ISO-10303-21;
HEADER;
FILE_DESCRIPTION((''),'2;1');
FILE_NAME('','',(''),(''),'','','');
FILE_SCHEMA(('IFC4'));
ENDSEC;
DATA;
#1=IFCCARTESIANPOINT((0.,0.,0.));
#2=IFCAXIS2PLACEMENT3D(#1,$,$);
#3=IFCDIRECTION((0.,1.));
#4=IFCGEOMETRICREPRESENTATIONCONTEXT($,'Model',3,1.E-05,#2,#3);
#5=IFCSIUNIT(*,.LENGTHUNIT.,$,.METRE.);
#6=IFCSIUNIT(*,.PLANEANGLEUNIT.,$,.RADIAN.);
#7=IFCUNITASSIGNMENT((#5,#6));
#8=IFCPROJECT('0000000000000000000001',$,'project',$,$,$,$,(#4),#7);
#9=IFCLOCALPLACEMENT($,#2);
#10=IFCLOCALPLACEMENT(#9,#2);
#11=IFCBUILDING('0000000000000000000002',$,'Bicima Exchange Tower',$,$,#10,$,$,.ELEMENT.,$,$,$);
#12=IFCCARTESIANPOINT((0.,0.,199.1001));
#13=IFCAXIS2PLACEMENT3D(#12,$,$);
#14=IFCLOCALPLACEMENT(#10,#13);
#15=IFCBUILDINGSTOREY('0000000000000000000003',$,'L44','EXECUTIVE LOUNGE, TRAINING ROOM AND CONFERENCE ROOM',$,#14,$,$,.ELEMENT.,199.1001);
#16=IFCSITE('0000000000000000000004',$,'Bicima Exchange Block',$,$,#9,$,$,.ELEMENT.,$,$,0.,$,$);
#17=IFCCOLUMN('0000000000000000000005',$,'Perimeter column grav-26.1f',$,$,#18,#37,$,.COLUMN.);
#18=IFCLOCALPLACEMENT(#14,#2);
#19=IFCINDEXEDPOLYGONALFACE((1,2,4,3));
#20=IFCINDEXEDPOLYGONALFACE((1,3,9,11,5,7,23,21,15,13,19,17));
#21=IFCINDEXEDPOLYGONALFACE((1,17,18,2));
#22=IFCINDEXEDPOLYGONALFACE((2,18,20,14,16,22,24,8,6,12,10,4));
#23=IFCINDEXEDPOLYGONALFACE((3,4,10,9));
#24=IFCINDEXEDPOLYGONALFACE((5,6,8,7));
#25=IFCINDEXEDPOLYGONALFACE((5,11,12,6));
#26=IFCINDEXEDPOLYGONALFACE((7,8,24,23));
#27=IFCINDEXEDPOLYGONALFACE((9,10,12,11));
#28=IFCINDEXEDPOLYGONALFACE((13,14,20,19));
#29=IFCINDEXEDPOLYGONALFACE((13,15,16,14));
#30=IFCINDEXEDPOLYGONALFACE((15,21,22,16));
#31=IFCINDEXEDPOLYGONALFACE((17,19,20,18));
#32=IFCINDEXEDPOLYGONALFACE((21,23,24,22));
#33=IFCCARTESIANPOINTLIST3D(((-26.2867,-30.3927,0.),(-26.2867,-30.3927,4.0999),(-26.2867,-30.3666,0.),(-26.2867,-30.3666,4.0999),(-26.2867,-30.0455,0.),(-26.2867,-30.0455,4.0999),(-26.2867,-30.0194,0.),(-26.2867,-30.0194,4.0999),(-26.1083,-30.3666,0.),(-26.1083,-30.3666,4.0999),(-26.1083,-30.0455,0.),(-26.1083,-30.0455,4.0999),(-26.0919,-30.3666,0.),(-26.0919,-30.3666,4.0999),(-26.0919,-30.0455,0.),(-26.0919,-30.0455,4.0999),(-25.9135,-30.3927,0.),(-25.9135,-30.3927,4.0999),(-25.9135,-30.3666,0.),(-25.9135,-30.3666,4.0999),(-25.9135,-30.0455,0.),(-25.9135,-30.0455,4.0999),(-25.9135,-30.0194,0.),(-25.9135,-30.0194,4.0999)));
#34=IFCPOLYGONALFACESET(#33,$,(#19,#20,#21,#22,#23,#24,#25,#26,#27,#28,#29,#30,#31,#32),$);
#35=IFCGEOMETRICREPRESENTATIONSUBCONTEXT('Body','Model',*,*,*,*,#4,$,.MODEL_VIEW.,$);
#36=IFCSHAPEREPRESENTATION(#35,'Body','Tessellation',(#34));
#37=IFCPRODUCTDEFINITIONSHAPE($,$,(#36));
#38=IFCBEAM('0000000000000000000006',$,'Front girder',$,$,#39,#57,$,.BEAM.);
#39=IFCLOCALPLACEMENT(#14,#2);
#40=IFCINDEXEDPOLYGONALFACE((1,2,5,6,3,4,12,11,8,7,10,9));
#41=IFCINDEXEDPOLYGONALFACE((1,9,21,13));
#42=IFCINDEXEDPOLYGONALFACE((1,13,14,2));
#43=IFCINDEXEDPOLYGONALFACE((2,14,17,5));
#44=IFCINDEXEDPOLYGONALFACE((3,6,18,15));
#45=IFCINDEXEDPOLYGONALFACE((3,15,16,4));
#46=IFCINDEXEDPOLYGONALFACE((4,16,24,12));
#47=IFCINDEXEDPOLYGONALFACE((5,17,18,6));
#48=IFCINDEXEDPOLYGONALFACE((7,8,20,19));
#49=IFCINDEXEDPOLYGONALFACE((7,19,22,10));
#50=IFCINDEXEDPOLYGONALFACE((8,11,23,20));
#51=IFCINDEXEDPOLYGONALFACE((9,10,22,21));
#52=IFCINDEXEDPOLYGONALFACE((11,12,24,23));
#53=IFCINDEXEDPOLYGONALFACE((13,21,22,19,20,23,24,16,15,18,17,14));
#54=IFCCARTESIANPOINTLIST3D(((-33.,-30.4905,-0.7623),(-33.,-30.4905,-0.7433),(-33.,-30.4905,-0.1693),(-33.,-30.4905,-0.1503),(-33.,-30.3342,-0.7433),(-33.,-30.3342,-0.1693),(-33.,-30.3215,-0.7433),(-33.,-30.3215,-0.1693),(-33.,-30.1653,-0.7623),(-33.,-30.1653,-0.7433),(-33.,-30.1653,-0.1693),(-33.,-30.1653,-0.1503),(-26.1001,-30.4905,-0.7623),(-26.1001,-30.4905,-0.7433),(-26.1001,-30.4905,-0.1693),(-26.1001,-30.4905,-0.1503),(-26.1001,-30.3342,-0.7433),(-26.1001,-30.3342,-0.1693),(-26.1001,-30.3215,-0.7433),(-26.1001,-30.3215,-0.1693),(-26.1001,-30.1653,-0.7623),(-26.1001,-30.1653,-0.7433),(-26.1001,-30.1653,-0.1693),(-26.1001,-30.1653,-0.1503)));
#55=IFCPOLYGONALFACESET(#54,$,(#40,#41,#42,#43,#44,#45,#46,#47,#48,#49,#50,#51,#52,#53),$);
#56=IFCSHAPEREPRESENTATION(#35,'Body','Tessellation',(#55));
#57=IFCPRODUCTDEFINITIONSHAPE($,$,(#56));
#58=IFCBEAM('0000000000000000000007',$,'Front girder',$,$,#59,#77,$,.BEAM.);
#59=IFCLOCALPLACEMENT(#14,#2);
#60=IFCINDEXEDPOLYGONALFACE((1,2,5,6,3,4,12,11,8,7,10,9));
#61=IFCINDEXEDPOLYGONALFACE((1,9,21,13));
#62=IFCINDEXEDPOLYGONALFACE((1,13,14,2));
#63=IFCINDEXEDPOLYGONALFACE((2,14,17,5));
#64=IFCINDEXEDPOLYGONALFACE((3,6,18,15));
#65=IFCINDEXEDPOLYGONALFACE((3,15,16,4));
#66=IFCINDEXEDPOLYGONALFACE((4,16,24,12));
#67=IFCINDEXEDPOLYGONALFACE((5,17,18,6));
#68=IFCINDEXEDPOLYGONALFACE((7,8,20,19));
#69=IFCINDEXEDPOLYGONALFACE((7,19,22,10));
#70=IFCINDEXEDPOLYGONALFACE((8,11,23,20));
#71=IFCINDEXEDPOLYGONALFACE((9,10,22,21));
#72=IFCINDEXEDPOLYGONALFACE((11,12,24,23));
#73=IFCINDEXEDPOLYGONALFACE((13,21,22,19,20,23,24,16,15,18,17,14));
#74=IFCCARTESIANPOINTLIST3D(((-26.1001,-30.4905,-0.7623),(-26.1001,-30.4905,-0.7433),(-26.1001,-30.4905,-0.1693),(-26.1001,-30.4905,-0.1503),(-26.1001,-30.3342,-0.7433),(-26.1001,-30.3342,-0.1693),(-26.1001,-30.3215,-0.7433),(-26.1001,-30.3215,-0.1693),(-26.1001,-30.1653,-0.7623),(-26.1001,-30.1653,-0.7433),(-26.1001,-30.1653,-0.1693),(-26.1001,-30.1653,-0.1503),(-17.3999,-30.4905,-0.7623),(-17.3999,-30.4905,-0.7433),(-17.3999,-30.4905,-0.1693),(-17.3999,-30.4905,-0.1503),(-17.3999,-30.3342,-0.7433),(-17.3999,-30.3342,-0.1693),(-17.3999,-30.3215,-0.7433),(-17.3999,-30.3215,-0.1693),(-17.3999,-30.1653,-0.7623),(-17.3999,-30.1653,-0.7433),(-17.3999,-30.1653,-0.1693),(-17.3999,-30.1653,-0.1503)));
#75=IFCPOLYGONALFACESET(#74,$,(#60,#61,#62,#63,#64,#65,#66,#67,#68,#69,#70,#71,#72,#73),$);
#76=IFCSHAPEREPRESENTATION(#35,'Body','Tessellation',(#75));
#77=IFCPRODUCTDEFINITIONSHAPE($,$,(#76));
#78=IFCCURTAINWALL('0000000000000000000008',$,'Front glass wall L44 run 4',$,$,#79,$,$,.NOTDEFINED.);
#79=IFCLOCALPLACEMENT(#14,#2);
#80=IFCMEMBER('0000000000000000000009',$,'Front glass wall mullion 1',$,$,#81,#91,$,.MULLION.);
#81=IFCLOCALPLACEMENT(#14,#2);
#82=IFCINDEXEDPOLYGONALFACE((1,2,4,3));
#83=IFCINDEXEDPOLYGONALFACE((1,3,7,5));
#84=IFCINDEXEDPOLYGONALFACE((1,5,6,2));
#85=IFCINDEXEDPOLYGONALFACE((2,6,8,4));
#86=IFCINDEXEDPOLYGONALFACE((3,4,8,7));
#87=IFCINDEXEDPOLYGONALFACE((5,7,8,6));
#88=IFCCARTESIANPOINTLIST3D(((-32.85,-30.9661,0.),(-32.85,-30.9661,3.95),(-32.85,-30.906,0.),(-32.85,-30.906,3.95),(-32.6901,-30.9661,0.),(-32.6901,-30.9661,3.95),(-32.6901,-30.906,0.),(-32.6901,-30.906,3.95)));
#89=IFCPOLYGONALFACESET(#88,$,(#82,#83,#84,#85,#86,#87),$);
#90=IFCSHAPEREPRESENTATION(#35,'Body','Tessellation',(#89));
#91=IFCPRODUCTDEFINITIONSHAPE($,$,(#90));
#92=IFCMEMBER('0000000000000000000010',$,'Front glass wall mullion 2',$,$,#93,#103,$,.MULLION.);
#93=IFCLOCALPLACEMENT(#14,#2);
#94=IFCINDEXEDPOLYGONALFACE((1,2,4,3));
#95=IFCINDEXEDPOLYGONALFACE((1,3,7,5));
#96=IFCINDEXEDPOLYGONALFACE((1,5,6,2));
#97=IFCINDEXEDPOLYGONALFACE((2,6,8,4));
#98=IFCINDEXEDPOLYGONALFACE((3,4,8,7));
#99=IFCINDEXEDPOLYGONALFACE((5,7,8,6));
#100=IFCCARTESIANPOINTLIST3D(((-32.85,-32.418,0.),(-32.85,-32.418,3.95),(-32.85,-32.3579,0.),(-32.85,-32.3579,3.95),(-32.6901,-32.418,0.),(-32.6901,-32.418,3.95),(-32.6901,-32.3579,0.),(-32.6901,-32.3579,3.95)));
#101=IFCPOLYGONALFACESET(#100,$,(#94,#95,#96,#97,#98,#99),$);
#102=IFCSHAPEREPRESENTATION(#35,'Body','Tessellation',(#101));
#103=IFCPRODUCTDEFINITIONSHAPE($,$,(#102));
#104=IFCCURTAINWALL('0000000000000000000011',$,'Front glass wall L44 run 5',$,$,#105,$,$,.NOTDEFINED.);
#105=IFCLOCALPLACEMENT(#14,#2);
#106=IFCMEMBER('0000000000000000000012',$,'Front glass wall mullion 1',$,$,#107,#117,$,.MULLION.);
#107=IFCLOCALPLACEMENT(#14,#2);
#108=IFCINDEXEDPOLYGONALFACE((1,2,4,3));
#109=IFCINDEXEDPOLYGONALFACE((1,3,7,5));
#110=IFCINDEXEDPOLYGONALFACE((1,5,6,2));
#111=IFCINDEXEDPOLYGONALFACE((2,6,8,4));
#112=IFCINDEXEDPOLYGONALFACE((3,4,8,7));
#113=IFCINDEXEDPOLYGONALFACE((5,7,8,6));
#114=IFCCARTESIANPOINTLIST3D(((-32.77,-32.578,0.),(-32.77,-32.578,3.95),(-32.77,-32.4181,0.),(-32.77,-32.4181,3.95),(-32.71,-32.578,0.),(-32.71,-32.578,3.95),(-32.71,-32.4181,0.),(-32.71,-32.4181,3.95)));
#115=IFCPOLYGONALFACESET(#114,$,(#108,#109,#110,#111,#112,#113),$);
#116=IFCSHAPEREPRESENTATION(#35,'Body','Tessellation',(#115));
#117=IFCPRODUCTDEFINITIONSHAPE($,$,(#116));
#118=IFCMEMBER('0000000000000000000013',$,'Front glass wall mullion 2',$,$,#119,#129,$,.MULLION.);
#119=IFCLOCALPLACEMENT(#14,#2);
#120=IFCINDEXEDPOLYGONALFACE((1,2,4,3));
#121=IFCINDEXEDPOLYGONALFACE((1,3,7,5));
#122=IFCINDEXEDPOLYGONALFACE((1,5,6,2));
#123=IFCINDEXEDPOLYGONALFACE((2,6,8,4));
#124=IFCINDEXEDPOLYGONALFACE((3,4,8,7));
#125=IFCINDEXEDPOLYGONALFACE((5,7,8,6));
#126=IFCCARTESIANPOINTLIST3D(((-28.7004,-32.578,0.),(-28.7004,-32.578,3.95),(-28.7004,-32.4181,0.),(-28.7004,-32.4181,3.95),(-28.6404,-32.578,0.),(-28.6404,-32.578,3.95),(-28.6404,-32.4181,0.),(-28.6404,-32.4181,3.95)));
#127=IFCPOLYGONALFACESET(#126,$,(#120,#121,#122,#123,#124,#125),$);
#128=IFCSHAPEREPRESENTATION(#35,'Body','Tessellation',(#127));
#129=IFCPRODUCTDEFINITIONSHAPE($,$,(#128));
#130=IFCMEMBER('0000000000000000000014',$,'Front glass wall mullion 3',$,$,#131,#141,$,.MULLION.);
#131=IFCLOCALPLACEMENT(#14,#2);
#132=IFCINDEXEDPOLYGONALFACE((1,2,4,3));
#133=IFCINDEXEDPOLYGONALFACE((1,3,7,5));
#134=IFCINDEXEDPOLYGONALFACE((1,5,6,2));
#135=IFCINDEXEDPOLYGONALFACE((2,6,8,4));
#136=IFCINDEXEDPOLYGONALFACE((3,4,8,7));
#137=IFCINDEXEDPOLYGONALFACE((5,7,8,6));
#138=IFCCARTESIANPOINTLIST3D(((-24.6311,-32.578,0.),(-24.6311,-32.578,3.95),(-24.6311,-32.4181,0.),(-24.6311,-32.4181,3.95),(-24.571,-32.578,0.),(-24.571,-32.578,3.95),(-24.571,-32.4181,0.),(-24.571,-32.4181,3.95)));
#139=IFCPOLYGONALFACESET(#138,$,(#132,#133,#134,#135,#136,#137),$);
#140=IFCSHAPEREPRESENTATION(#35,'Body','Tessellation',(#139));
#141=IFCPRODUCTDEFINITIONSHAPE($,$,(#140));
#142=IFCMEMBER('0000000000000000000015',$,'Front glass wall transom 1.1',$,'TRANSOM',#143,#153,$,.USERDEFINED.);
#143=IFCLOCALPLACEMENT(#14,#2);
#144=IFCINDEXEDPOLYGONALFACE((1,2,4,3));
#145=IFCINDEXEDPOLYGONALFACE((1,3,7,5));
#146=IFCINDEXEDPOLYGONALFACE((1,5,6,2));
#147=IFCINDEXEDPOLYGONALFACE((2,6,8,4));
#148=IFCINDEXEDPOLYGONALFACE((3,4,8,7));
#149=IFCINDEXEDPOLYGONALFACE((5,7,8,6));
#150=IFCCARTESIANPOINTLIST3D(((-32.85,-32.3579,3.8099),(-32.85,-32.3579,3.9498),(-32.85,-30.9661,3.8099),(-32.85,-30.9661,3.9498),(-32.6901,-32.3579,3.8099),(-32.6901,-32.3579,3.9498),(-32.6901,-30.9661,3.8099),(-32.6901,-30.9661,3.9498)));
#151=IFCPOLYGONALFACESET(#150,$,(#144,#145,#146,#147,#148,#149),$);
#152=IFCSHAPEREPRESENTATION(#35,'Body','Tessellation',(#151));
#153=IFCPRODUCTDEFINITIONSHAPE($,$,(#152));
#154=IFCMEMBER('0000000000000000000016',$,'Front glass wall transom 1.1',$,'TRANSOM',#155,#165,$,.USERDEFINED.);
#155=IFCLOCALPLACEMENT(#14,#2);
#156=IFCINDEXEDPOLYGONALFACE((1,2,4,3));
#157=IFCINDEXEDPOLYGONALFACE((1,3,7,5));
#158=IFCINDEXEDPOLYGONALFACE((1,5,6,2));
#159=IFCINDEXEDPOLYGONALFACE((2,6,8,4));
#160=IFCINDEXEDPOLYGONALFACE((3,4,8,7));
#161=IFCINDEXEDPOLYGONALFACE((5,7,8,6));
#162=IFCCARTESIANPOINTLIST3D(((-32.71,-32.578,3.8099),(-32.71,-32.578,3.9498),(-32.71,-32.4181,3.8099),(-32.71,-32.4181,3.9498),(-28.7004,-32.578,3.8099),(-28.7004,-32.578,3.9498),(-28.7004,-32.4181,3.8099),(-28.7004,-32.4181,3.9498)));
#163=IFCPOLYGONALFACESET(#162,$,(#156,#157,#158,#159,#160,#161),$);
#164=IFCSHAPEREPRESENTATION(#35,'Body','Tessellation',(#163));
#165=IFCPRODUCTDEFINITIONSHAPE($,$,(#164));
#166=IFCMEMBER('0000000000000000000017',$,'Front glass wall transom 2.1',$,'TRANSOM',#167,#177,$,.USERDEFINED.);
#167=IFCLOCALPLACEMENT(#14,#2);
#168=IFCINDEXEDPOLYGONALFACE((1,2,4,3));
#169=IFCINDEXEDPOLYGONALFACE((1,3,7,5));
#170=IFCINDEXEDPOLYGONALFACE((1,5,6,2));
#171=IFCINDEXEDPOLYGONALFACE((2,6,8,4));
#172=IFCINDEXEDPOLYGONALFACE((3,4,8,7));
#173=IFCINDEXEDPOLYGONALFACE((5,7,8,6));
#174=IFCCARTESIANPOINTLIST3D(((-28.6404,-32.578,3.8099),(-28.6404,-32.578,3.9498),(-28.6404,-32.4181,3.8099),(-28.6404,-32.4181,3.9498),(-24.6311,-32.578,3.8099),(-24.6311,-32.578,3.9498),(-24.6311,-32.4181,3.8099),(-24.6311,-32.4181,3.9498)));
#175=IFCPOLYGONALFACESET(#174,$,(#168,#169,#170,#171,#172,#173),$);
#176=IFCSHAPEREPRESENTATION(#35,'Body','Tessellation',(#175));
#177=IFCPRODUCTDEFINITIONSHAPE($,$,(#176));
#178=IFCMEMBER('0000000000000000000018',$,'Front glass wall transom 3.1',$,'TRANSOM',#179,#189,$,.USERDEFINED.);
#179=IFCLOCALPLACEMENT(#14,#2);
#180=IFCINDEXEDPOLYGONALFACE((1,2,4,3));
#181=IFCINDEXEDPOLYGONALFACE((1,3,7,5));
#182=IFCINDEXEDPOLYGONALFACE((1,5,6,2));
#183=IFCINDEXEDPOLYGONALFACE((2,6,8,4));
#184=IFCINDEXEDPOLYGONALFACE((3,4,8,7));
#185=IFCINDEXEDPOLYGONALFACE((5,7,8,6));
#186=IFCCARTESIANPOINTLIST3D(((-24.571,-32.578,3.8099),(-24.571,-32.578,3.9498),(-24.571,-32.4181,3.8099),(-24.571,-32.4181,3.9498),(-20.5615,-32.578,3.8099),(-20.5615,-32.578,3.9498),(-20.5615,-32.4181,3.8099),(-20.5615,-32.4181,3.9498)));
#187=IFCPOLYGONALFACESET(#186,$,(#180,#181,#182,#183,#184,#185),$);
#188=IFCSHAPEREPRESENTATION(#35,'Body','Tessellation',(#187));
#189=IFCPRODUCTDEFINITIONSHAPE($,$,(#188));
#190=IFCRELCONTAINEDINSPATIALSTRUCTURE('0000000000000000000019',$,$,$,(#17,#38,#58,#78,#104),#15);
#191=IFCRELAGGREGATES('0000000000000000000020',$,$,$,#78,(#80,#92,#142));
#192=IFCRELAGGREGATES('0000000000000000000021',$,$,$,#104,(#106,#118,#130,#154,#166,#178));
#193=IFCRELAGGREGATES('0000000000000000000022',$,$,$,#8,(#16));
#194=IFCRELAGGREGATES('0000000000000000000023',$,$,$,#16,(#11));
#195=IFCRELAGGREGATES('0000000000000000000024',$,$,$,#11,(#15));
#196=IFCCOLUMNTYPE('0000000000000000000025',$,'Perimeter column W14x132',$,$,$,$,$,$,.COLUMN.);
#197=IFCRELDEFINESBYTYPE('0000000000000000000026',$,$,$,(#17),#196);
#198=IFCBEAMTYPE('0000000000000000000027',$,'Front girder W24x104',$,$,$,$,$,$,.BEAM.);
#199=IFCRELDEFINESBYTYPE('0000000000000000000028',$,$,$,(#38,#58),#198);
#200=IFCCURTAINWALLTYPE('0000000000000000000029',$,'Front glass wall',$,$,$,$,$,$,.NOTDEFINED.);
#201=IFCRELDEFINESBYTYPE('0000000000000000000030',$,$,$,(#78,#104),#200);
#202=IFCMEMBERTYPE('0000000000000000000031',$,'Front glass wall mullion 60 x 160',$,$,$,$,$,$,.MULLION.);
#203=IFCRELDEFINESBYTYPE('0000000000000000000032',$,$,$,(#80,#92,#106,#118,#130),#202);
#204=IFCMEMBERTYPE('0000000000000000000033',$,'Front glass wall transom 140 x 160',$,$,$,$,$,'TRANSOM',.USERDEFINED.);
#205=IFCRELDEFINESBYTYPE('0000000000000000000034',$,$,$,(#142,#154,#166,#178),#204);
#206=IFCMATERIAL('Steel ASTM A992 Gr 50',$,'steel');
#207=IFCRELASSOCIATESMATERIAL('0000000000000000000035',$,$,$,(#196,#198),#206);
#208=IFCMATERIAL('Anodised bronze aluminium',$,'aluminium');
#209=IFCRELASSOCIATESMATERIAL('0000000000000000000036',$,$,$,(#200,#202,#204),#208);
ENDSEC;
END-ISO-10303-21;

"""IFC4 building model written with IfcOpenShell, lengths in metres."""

from ifc_helpers import new_model, si_unit, direction, frame, origin, origin_2d, place, context, subcontext, project, spatial, rectangle, i_section, extrude, material, material_profile, profile_set, type_object, element, aggregate, save


model = new_model("IFC4")

# Units and contexts
model_context = context("Model", 3, precision=1e-05, world=origin(), true_north=direction((0.0, 1.0)))
body_context = subcontext(model_context, "Body", "Model", "MODEL_VIEW")
ifc_project = project(units=[si_unit("LENGTHUNIT", "METRE"), si_unit("PLANEANGLEUNIT", "RADIAN")], contexts=[model_context])

# Site, building, storey
site_placement = place(None, origin())
site = spatial("IfcSite", under=ifc_project, at=site_placement, Name="Bicima Exchange Block", CompositionType="ELEMENT", RefElevation=0.0)
building_placement = place(site_placement, origin())
building = spatial("IfcBuilding", under=site, at=building_placement, Name="Bicima Exchange Tower", CompositionType="ELEMENT")
storey_placement = place(building_placement, frame((0.0, 0.0, 199.1001)))
storey = spatial("IfcBuildingStorey", under=building, at=storey_placement, Name="L44", Description="EXECUTIVE LOUNGE, TRAINING ROOM AND CONFERENCE ROOM", CompositionType="ELEMENT", Elevation=199.1001)

# Column
ifc_material_1 = material(Name="Steel ASTM A992 Gr 50", Category="steel")
ifc_material_profile_1 = material_profile(ifc_material_1, i_section(OverallWidth=0.3733, OverallDepth=0.3733, WebThickness=0.0164, FlangeThickness=0.0261, at=origin_2d()))
ifc_profile_set_1 = profile_set([ifc_material_profile_1], Name="Steel ASTM A992 Gr 50")
column_type = type_object("IfcColumnType", Name="Perimeter column W14x132", PredefinedType="COLUMN", material=ifc_profile_set_1)
column_placement = place(storey_placement, frame((-26.1001, -30.2061, 0.0), z_axis=(0.0, 0.0, 1.0), x_axis=(1.0, 0.0, 0.0)))
element("IfcColumn", 1, at=column_placement, inside=storey, type_object=column_type, Name="Perimeter column grav-26.1f", PredefinedType="COLUMN", context=body_context, shape_type="SweptSolid", body=[
    extrude(i_section(OverallWidth=0.3733, OverallDepth=0.3733, WebThickness=0.0164, FlangeThickness=0.0261, at=origin_2d()), origin(), (0.0, 0.0, 1.0), 4.0999),
])

# Beams
ifc_material_profile_2 = material_profile(ifc_material_1, i_section(OverallWidth=0.3252, OverallDepth=0.6121, WebThickness=0.0127, FlangeThickness=0.019, at=origin_2d()))
ifc_profile_set_2 = profile_set([ifc_material_profile_2], Name="Steel ASTM A992 Gr 50")
beam_type = type_object("IfcBeamType", Name="Front girder W24x104", PredefinedType="BEAM", material=ifc_profile_set_2)
beam_1_placement = place(storey_placement, frame((-33.0, -30.3279, -0.4563), z_axis=(1.0, 0.0, 0.0), x_axis=(0.0, 1.0, 0.0)))
element("IfcBeam", 2, at=beam_1_placement, inside=storey, type_object=beam_type, Name="Front girder", PredefinedType="BEAM", context=body_context, shape_type="SweptSolid", body=[
    extrude(i_section(OverallWidth=0.3252, OverallDepth=0.6121, WebThickness=0.0127, FlangeThickness=0.019, at=origin_2d()), origin(), (0.0, 0.0, 1.0), 6.8999),
])
beam_2_placement = place(storey_placement, frame((-26.1001, -30.3279, -0.4563), z_axis=(1.0, 0.0, 0.0), x_axis=(0.0, 1.0, 0.0)))
element("IfcBeam", 3, at=beam_2_placement, inside=storey, type_object=beam_type, Name="Front girder", PredefinedType="BEAM", context=body_context, shape_type="SweptSolid", body=[
    extrude(i_section(OverallWidth=0.3252, OverallDepth=0.6121, WebThickness=0.0127, FlangeThickness=0.019, at=origin_2d()), origin(), (0.0, 0.0, 1.0), 8.7002),
])

# Curtain walls, members
ifc_material_2 = material(Name="Anodised bronze aluminium", Category="aluminium")
curtain_wall_type = type_object("IfcCurtainWallType", Name="Front glass wall", PredefinedType="NOTDEFINED", material=ifc_material_2)
curtain_wall_1_placement = place(storey_placement, origin())
curtain_wall_1 = element("IfcCurtainWall", 4, at=curtain_wall_1_placement, inside=storey, type_object=curtain_wall_type, Name="Front glass wall L44 run 4", PredefinedType="NOTDEFINED")
ifc_material_profile_3 = material_profile(ifc_material_2, rectangle(XDim=0.1599, YDim=0.0601, at=origin_2d()))
ifc_profile_set_3 = profile_set([ifc_material_profile_3], Name="Anodised bronze aluminium")
member_type_1 = type_object("IfcMemberType", Name="Front glass wall mullion 60 x 160", PredefinedType="MULLION", material=ifc_profile_set_3)
member_1_placement = place(storey_placement, frame((-32.77, -30.936, 0.0), z_axis=(0.0, 0.0, 1.0), x_axis=(1.0, 0.0, 0.0)))
member_1 = element("IfcMember", 5, at=member_1_placement, type_object=member_type_1, Name="Front glass wall mullion 1", PredefinedType="MULLION", context=body_context, shape_type="SweptSolid", body=[
    extrude(rectangle(XDim=0.1599, YDim=0.0601, at=origin_2d()), origin(), (0.0, 0.0, 1.0), 3.95),
])
member_2_placement = place(storey_placement, frame((-32.77, -32.3879, 0.0), z_axis=(0.0, 0.0, 1.0), x_axis=(1.0, 0.0, 0.0)))
member_2 = element("IfcMember", 6, at=member_2_placement, type_object=member_type_1, Name="Front glass wall mullion 2", PredefinedType="MULLION", context=body_context, shape_type="SweptSolid", body=[
    extrude(rectangle(XDim=0.1599, YDim=0.0601, at=origin_2d()), origin(), (0.0, 0.0, 1.0), 3.95),
])
curtain_wall_2_placement = place(storey_placement, origin())
curtain_wall_2 = element("IfcCurtainWall", 7, at=curtain_wall_2_placement, inside=storey, type_object=curtain_wall_type, Name="Front glass wall L44 run 5", PredefinedType="NOTDEFINED")
member_3_placement = place(storey_placement, frame((-32.74, -32.498, 0.0), z_axis=(0.0, 0.0, 1.0), x_axis=(0.0, 1.0, 0.0)))
member_3 = element("IfcMember", 8, at=member_3_placement, type_object=member_type_1, Name="Front glass wall mullion 1", PredefinedType="MULLION", context=body_context, shape_type="SweptSolid", body=[
    extrude(rectangle(XDim=0.1599, YDim=0.0601, at=origin_2d()), origin(), (0.0, 0.0, 1.0), 3.95),
])
member_4_placement = place(storey_placement, frame((-28.6704, -32.498, 0.0), z_axis=(0.0, 0.0, 1.0), x_axis=(0.0, 1.0, 0.0)))
member_4 = element("IfcMember", 9, at=member_4_placement, type_object=member_type_1, Name="Front glass wall mullion 2", PredefinedType="MULLION", context=body_context, shape_type="SweptSolid", body=[
    extrude(rectangle(XDim=0.1599, YDim=0.0601, at=origin_2d()), origin(), (0.0, 0.0, 1.0), 3.95),
])
member_5_placement = place(storey_placement, frame((-24.6011, -32.498, 0.0), z_axis=(0.0, 0.0, 1.0), x_axis=(0.0, 1.0, 0.0)))
member_5 = element("IfcMember", 10, at=member_5_placement, type_object=member_type_1, Name="Front glass wall mullion 3", PredefinedType="MULLION", context=body_context, shape_type="SweptSolid", body=[
    extrude(rectangle(XDim=0.1599, YDim=0.0601, at=origin_2d()), origin(), (0.0, 0.0, 1.0), 3.95),
])

# Members
ifc_material_profile_4 = material_profile(ifc_material_2, rectangle(XDim=0.1599, YDim=0.1399, at=origin_2d()))
ifc_profile_set_4 = profile_set([ifc_material_profile_4], Name="Anodised bronze aluminium")
member_type_2 = type_object("IfcMemberType", Name="Front glass wall transom 140 x 160", ElementType="TRANSOM", PredefinedType="USERDEFINED", material=ifc_profile_set_4)
member_6_placement = place(storey_placement, frame((-32.77, -30.9661, 3.8799), z_axis=(0.0, -1.0, 0.0), x_axis=(1.0, 0.0, 0.0)))
member_6 = element("IfcMember", 11, at=member_6_placement, type_object=member_type_2, Name="Front glass wall transom 1.1", ObjectType="TRANSOM", PredefinedType="USERDEFINED", context=body_context, shape_type="SweptSolid", body=[
    extrude(rectangle(XDim=0.1599, YDim=0.1399, at=origin_2d()), origin(), (0.0, 0.0, 1.0), 1.3918),
])
member_7_placement = place(storey_placement, frame((-32.71, -32.498, 3.8799), z_axis=(1.0, 0.0, 0.0), x_axis=(0.0, 1.0, 0.0)))
member_7 = element("IfcMember", 12, at=member_7_placement, type_object=member_type_2, Name="Front glass wall transom 1.1", ObjectType="TRANSOM", PredefinedType="USERDEFINED", context=body_context, shape_type="SweptSolid", body=[
    extrude(rectangle(XDim=0.1599, YDim=0.1399, at=origin_2d()), origin(), (0.0, 0.0, 1.0), 4.0095),
])
member_8_placement = place(storey_placement, frame((-28.6404, -32.498, 3.8799), z_axis=(1.0, 0.0, 0.0), x_axis=(0.0, 1.0, 0.0)))
member_8 = element("IfcMember", 13, at=member_8_placement, type_object=member_type_2, Name="Front glass wall transom 2.1", ObjectType="TRANSOM", PredefinedType="USERDEFINED", context=body_context, shape_type="SweptSolid", body=[
    extrude(rectangle(XDim=0.1599, YDim=0.1399, at=origin_2d()), origin(), (0.0, 0.0, 1.0), 4.0093),
])
member_9_placement = place(storey_placement, frame((-24.571, -32.498, 3.8799), z_axis=(1.0, 0.0, 0.0), x_axis=(0.0, 1.0, 0.0)))
member_9 = element("IfcMember", 14, at=member_9_placement, type_object=member_type_2, Name="Front glass wall transom 3.1", ObjectType="TRANSOM", PredefinedType="USERDEFINED", context=body_context, shape_type="SweptSolid", body=[
    extrude(rectangle(XDim=0.1599, YDim=0.1399, at=origin_2d()), origin(), (0.0, 0.0, 1.0), 4.0095),
])

aggregate(curtain_wall_1, [member_1, member_2, member_6])
aggregate(curtain_wall_2, [member_3, member_4, member_5, member_7, member_8, member_9])

save(model, "model.ifc")
